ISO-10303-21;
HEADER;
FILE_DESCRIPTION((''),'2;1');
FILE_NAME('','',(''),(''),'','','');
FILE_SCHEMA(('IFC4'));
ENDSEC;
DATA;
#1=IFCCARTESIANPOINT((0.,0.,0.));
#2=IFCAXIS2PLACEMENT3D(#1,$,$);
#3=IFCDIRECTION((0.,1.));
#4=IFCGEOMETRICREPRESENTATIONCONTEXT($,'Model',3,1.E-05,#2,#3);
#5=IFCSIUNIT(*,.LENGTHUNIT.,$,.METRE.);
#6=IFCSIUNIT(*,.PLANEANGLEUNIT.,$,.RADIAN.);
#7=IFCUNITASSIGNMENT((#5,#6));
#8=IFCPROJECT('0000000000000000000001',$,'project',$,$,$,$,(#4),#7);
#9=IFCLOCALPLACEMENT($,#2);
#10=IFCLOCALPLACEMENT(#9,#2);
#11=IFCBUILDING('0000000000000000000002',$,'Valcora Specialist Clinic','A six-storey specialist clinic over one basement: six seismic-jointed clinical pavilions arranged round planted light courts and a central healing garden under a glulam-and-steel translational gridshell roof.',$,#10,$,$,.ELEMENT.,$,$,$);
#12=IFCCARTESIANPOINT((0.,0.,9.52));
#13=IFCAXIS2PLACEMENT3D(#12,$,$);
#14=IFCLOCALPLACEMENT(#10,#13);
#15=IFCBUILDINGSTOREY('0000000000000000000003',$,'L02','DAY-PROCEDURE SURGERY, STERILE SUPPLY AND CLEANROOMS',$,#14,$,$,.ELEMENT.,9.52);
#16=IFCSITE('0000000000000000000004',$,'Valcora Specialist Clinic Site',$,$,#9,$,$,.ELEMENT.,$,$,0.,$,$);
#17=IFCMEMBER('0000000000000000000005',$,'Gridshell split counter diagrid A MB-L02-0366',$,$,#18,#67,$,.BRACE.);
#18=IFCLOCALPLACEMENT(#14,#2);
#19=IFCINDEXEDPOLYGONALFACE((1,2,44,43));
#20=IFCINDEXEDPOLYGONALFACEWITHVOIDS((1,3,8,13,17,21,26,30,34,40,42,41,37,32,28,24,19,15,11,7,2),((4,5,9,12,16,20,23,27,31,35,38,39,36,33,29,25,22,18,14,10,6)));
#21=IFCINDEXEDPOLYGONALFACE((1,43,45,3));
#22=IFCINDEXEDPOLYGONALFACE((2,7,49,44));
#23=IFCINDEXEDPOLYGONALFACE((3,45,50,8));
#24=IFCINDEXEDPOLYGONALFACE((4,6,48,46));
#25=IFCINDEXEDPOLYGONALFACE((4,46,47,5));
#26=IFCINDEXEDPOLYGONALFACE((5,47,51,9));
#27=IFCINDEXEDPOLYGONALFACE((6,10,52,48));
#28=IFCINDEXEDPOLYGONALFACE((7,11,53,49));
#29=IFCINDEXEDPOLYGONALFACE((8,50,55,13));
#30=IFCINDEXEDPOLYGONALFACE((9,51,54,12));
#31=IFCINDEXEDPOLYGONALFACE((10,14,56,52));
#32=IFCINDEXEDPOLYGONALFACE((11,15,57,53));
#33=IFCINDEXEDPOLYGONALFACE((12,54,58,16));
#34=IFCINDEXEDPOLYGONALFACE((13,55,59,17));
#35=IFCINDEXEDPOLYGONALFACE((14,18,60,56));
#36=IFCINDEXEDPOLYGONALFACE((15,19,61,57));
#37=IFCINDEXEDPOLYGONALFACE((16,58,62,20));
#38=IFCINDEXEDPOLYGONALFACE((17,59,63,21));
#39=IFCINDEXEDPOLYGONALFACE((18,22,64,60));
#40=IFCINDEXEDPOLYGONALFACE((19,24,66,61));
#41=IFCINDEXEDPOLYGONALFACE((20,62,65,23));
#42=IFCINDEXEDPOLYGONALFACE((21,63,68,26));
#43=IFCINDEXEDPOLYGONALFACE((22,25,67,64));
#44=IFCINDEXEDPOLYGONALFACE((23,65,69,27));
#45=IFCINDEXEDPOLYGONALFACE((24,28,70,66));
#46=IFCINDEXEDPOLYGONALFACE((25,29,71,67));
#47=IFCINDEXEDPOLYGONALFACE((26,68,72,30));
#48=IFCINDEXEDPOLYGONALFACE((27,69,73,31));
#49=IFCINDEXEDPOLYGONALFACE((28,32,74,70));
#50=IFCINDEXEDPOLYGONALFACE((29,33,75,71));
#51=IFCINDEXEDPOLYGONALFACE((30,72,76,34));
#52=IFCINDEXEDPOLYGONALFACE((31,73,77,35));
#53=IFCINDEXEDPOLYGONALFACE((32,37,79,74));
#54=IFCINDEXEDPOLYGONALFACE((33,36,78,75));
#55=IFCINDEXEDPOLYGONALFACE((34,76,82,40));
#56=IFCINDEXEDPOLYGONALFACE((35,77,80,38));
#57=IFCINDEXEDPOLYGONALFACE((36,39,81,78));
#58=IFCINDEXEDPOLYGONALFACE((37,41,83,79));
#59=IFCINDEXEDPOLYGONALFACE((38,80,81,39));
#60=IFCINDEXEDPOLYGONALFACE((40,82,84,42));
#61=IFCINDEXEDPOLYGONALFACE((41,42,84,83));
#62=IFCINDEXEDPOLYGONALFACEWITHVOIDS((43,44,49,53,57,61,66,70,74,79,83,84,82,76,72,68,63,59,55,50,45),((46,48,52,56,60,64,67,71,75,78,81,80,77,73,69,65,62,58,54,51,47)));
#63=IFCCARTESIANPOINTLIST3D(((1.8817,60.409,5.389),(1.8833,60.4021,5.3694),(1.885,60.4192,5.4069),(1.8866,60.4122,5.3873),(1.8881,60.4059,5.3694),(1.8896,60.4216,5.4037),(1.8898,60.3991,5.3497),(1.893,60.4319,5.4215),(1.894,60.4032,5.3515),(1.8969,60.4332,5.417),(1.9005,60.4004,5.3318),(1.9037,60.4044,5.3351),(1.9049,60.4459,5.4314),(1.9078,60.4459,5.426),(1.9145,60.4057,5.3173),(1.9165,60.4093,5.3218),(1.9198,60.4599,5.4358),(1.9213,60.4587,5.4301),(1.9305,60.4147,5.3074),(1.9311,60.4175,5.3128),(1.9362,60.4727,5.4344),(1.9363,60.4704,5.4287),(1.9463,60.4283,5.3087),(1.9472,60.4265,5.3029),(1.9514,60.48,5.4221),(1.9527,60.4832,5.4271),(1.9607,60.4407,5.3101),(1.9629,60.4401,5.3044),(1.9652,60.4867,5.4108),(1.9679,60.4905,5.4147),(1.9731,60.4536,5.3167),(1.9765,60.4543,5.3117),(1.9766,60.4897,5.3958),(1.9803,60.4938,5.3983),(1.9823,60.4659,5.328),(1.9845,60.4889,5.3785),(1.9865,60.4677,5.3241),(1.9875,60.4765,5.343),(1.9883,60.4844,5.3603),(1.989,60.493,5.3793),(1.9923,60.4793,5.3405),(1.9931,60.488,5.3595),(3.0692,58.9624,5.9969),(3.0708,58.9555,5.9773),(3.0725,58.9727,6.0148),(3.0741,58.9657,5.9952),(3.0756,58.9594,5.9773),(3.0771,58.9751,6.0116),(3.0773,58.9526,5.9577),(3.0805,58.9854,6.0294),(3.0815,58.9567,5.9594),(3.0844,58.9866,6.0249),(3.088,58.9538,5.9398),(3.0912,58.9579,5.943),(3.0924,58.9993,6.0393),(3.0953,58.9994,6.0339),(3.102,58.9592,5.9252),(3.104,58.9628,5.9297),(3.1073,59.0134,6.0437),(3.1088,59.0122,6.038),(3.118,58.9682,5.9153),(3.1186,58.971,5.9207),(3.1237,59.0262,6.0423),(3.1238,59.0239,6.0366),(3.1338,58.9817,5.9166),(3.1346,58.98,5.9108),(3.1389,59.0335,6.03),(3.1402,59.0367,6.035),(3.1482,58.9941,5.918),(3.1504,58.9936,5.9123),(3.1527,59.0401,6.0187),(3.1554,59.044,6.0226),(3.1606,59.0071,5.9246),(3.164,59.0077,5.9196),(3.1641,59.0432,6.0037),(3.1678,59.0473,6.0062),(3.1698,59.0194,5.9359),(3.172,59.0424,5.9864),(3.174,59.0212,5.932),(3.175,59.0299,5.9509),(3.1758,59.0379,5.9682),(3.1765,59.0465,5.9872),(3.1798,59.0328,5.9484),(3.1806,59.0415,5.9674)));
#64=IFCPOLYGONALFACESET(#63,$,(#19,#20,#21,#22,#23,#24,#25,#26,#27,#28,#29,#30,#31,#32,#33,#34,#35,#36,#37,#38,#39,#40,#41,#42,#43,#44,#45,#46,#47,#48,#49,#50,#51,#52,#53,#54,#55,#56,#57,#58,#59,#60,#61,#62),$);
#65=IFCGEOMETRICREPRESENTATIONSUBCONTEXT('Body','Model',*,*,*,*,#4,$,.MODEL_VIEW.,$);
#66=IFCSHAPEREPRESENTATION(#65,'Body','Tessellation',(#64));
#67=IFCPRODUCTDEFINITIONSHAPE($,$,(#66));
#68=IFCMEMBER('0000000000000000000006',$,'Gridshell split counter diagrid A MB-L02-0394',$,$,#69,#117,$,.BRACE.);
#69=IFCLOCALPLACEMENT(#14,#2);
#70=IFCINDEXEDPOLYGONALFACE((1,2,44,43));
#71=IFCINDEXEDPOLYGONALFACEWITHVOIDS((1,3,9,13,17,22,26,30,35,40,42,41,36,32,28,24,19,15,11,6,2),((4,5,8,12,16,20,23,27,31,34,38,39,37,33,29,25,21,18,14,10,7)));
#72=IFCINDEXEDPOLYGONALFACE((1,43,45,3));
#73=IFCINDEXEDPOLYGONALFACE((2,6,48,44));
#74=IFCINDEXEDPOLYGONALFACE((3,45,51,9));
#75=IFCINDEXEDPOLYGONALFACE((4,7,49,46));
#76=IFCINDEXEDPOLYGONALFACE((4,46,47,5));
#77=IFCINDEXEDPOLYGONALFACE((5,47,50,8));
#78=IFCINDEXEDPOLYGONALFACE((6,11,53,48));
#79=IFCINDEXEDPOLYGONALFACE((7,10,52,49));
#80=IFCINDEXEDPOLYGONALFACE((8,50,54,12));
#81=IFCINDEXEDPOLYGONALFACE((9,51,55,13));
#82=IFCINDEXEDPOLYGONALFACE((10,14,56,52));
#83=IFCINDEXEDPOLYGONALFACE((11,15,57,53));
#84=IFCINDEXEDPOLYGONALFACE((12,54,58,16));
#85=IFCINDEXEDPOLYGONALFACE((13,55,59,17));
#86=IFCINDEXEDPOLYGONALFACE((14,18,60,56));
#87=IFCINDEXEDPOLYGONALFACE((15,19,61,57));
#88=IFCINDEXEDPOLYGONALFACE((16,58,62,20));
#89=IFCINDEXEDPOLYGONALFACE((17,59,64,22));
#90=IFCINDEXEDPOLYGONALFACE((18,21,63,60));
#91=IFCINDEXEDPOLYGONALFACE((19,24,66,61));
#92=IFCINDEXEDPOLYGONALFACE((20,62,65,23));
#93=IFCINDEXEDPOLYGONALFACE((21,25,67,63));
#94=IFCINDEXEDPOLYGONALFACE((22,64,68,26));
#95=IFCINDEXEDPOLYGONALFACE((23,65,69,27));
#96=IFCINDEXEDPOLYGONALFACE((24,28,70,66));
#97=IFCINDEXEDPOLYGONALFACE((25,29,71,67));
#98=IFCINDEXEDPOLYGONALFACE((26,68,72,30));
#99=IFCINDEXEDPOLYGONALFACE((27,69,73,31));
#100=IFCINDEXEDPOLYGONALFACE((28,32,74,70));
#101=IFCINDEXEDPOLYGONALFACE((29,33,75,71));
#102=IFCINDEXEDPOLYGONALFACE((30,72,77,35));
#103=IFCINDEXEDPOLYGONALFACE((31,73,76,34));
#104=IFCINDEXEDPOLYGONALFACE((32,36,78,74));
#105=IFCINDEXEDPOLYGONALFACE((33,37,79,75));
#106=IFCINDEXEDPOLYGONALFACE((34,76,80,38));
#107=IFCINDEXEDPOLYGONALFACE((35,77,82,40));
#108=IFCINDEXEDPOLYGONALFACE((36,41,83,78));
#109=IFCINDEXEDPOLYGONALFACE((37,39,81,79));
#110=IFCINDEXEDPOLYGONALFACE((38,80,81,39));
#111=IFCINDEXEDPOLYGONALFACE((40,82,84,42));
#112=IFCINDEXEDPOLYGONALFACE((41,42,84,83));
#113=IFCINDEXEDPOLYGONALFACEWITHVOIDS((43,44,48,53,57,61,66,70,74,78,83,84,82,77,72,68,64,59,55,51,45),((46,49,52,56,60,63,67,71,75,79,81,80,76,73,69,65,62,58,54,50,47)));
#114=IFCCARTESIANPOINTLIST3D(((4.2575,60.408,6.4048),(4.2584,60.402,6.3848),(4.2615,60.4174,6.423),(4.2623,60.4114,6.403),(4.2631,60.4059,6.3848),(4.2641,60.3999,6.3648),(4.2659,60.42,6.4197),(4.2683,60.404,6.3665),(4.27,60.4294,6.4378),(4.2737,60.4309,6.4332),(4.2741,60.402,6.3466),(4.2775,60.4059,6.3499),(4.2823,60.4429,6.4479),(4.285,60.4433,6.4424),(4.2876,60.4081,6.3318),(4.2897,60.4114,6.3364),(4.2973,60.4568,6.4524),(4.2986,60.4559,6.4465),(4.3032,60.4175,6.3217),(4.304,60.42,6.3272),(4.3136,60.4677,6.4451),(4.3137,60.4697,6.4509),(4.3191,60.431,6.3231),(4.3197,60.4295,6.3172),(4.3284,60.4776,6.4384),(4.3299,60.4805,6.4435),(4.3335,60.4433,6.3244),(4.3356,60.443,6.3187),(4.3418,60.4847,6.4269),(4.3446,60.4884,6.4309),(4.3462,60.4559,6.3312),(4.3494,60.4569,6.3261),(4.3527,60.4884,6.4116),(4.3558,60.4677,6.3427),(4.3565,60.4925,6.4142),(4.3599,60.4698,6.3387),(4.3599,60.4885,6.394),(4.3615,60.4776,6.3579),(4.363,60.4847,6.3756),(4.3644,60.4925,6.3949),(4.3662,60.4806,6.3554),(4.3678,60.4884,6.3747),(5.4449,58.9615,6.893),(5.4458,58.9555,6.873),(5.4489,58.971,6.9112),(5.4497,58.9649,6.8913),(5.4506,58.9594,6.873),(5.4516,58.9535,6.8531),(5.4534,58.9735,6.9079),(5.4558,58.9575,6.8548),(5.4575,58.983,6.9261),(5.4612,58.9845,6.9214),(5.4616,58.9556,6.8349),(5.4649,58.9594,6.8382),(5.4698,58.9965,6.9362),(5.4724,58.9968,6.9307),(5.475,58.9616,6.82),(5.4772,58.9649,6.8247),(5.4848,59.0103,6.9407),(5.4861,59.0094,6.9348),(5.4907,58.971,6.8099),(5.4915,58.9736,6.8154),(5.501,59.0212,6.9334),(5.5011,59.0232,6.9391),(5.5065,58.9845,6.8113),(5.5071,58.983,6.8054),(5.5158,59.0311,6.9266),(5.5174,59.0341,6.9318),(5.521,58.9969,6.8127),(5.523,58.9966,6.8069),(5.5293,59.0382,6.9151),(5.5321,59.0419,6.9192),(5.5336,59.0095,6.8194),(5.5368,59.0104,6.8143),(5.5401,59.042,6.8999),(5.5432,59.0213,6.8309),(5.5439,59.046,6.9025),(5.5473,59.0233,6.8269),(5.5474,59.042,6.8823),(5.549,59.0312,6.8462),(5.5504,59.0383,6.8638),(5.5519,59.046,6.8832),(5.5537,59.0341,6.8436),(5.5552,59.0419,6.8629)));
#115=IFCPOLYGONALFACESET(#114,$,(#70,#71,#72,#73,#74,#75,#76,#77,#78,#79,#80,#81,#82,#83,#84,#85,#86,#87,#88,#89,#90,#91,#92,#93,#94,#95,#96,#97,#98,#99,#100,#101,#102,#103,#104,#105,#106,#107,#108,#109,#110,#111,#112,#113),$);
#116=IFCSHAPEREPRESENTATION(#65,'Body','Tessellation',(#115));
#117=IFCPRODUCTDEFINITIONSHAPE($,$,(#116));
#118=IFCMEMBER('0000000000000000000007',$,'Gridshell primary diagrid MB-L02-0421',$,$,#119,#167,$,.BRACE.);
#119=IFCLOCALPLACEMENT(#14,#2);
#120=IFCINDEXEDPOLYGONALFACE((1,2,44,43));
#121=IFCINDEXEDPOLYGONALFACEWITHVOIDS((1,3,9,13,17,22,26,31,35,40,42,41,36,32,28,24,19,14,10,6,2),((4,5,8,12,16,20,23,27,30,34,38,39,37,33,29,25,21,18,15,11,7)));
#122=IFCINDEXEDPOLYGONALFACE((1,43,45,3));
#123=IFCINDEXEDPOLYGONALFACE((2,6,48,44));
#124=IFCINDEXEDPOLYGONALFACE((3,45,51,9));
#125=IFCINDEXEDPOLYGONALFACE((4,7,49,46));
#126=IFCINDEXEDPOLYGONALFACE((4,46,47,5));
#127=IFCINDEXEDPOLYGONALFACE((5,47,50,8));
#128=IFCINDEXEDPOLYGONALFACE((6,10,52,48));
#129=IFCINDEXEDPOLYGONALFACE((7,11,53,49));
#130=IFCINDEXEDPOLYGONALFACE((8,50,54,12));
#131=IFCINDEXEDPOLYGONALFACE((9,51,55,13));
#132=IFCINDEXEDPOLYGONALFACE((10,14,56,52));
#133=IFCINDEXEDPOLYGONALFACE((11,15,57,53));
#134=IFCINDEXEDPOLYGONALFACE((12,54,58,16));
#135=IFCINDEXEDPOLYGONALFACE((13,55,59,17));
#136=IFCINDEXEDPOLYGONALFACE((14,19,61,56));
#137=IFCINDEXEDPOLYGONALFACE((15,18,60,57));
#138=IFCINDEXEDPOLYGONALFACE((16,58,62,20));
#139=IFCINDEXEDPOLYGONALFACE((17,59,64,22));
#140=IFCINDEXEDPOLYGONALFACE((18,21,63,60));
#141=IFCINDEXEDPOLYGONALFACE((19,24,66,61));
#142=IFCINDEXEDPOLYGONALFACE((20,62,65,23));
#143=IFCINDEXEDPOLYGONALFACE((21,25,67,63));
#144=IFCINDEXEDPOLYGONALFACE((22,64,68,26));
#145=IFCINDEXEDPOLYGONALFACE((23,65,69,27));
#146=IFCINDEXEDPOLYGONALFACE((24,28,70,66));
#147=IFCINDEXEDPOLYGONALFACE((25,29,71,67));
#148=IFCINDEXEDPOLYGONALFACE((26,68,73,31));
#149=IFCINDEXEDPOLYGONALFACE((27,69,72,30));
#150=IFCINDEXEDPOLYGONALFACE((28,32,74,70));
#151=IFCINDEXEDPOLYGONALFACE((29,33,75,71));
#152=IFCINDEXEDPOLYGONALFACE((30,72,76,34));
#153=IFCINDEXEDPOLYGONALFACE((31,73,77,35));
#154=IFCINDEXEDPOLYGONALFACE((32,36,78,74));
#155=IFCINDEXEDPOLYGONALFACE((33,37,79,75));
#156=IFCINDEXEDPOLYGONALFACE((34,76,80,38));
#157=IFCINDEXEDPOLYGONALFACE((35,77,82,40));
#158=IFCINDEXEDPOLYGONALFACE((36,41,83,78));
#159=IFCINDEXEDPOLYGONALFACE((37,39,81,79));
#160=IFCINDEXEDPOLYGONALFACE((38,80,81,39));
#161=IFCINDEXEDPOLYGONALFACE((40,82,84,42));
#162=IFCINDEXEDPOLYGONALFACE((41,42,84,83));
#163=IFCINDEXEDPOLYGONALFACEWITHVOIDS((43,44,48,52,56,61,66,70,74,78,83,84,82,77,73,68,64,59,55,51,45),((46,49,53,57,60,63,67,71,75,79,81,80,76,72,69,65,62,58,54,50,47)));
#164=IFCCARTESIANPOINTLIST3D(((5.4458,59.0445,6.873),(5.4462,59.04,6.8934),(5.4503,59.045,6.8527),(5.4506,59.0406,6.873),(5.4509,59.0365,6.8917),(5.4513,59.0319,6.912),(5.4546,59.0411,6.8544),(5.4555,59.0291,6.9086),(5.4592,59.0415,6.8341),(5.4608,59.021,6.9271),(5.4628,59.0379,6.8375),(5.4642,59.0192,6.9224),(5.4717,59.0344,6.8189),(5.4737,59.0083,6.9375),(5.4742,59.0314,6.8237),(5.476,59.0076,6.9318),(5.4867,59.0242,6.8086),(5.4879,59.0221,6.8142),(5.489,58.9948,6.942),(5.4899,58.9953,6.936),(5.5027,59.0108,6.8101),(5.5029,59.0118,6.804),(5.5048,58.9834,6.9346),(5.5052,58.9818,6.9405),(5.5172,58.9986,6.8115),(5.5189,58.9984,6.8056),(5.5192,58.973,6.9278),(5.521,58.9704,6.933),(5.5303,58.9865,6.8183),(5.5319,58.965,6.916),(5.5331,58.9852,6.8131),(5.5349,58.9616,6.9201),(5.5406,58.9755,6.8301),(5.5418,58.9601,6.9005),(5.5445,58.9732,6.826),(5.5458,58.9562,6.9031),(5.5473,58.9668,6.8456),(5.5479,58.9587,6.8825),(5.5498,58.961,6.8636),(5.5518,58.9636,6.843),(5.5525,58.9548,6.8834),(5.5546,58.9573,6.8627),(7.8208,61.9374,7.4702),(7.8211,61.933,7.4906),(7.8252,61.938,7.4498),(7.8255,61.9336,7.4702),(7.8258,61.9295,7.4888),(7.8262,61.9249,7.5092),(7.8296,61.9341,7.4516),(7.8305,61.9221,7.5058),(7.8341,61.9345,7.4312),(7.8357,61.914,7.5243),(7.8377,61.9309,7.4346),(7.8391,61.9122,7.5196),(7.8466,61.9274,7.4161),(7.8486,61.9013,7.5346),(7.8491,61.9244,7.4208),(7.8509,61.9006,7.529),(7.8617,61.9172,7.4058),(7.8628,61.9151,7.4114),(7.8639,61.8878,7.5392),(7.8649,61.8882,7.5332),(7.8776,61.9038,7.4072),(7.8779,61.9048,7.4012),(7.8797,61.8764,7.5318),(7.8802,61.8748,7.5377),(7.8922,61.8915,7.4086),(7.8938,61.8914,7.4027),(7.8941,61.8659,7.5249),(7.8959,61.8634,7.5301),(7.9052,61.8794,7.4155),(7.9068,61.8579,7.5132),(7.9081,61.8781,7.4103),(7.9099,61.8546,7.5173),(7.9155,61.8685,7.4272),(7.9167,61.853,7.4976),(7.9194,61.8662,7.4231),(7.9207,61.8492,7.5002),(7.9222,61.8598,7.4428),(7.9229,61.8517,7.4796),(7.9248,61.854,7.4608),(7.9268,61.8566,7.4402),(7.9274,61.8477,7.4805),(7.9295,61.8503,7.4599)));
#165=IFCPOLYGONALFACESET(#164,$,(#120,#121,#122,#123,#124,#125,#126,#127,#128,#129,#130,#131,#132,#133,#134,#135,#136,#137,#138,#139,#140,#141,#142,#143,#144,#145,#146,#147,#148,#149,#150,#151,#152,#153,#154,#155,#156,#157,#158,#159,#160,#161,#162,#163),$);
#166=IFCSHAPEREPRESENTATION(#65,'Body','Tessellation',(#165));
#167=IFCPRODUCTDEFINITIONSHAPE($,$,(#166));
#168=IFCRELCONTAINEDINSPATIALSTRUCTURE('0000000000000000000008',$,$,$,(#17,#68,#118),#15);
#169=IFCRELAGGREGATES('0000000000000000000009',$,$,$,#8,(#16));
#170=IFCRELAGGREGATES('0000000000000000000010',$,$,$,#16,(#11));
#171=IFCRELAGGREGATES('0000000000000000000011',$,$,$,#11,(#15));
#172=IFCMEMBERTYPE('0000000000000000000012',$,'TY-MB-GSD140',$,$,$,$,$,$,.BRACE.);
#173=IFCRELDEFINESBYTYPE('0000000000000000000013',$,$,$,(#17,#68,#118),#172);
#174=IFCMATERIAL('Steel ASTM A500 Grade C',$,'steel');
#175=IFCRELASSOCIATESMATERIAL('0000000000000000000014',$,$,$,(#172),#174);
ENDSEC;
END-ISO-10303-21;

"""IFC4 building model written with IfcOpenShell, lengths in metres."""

from ifc_helpers import new_model, si_unit, direction, frame, origin, origin_2d, place, context, subcontext, project, spatial, hollow_circle, extrude, material, material_profile, profile_set, type_object, element, save


model = new_model("IFC4")

# Units and contexts
model_context = context("Model", 3, precision=1e-05, world=origin(), true_north=direction((0.0, 1.0)))
body_context = subcontext(model_context, "Body", "Model", "MODEL_VIEW")
ifc_project = project(units=[si_unit("LENGTHUNIT", "METRE"), si_unit("PLANEANGLEUNIT", "RADIAN")], contexts=[model_context])

# Site, building, storey
site_placement = place(None, origin())
site = spatial("IfcSite", under=ifc_project, at=site_placement, Name="Valcora Specialist Clinic Site", CompositionType="ELEMENT", RefElevation=0.0)
building_placement = place(site_placement, origin())
building = spatial("IfcBuilding", under=site, at=building_placement, Name="Valcora Specialist Clinic", Description="A six-storey specialist clinic over one basement: six seismic-jointed clinical pavilions arranged round planted light courts and a central healing garden under a glulam-and-steel translational gridshell roof.", CompositionType="ELEMENT")
storey_placement = place(building_placement, frame((0.0, 0.0, 9.52)))
storey = spatial("IfcBuildingStorey", under=building, at=storey_placement, Name="L02", Description="DAY-PROCEDURE SURGERY, STERILE SUPPLY AND CLEANROOMS", CompositionType="ELEMENT", Elevation=9.52)

# Members
ifc_material_1 = material(Name="Steel ASTM A500 Grade C", Category="steel")
ifc_material_profile_1 = material_profile(ifc_material_1, hollow_circle(Radius=0.0701, WallThickness=0.0061, at=origin_2d()), Name="ST-CHS-140X6")
ifc_profile_set_1 = profile_set([ifc_material_profile_1], Name="Steel ASTM A500 Grade C")
member_type_1 = type_object("IfcMemberType", Name="TY-MB-GSD140", PredefinedType="BRACE", material=ifc_profile_set_1)
member_1_placement = place(storey_placement, frame((3.125, 59.0, 5.9773), z_axis=(-0.603471, 0.735108, -0.308932), x_axis=(-0.772916, -0.634508, 0.0)))
element("IfcMember", 1, at=member_1_placement, inside=storey, type_object=member_type_1, Name="Gridshell split counter diagrid A MB-L02-0366", PredefinedType="BRACE", context=body_context, shape_type="SweptSolid", body=[
    extrude(hollow_circle(Radius=0.0701, WallThickness=0.0061, at=origin_2d()), origin(), (0.0, 0.0, 1.0), 1.9678),
])
member_2_placement = place(storey_placement, frame((5.5, 59.0, 6.873), z_axis=(-0.613957, 0.747881, -0.252449), x_axis=(-0.772916, -0.634508, 0.0)))
element("IfcMember", 2, at=member_2_placement, inside=storey, type_object=member_type_1, Name="Gridshell split counter diagrid A MB-L02-0394", PredefinedType="BRACE", context=body_context, shape_type="SweptSolid", body=[
    extrude(hollow_circle(Radius=0.0701, WallThickness=0.0061, at=origin_2d()), origin(), (0.0, 0.0, 1.0), 1.9341),
])
member_3_placement = place(storey_placement, frame((5.5, 59.0, 6.873), z_axis=(0.626584, 0.763263, 0.157548), x_axis=(-0.772916, 0.634508, 0.0)))
element("IfcMember", 3, at=member_3_placement, inside=storey, type_object=member_type_1, Name="Gridshell primary diagrid MB-L02-0421", PredefinedType="BRACE", context=body_context, shape_type="SweptSolid", body=[
    extrude(hollow_circle(Radius=0.0701, WallThickness=0.0061, at=origin_2d()), origin(), (0.0, 0.0, 1.0), 3.7903),
])

save(model, "model.ifc")
